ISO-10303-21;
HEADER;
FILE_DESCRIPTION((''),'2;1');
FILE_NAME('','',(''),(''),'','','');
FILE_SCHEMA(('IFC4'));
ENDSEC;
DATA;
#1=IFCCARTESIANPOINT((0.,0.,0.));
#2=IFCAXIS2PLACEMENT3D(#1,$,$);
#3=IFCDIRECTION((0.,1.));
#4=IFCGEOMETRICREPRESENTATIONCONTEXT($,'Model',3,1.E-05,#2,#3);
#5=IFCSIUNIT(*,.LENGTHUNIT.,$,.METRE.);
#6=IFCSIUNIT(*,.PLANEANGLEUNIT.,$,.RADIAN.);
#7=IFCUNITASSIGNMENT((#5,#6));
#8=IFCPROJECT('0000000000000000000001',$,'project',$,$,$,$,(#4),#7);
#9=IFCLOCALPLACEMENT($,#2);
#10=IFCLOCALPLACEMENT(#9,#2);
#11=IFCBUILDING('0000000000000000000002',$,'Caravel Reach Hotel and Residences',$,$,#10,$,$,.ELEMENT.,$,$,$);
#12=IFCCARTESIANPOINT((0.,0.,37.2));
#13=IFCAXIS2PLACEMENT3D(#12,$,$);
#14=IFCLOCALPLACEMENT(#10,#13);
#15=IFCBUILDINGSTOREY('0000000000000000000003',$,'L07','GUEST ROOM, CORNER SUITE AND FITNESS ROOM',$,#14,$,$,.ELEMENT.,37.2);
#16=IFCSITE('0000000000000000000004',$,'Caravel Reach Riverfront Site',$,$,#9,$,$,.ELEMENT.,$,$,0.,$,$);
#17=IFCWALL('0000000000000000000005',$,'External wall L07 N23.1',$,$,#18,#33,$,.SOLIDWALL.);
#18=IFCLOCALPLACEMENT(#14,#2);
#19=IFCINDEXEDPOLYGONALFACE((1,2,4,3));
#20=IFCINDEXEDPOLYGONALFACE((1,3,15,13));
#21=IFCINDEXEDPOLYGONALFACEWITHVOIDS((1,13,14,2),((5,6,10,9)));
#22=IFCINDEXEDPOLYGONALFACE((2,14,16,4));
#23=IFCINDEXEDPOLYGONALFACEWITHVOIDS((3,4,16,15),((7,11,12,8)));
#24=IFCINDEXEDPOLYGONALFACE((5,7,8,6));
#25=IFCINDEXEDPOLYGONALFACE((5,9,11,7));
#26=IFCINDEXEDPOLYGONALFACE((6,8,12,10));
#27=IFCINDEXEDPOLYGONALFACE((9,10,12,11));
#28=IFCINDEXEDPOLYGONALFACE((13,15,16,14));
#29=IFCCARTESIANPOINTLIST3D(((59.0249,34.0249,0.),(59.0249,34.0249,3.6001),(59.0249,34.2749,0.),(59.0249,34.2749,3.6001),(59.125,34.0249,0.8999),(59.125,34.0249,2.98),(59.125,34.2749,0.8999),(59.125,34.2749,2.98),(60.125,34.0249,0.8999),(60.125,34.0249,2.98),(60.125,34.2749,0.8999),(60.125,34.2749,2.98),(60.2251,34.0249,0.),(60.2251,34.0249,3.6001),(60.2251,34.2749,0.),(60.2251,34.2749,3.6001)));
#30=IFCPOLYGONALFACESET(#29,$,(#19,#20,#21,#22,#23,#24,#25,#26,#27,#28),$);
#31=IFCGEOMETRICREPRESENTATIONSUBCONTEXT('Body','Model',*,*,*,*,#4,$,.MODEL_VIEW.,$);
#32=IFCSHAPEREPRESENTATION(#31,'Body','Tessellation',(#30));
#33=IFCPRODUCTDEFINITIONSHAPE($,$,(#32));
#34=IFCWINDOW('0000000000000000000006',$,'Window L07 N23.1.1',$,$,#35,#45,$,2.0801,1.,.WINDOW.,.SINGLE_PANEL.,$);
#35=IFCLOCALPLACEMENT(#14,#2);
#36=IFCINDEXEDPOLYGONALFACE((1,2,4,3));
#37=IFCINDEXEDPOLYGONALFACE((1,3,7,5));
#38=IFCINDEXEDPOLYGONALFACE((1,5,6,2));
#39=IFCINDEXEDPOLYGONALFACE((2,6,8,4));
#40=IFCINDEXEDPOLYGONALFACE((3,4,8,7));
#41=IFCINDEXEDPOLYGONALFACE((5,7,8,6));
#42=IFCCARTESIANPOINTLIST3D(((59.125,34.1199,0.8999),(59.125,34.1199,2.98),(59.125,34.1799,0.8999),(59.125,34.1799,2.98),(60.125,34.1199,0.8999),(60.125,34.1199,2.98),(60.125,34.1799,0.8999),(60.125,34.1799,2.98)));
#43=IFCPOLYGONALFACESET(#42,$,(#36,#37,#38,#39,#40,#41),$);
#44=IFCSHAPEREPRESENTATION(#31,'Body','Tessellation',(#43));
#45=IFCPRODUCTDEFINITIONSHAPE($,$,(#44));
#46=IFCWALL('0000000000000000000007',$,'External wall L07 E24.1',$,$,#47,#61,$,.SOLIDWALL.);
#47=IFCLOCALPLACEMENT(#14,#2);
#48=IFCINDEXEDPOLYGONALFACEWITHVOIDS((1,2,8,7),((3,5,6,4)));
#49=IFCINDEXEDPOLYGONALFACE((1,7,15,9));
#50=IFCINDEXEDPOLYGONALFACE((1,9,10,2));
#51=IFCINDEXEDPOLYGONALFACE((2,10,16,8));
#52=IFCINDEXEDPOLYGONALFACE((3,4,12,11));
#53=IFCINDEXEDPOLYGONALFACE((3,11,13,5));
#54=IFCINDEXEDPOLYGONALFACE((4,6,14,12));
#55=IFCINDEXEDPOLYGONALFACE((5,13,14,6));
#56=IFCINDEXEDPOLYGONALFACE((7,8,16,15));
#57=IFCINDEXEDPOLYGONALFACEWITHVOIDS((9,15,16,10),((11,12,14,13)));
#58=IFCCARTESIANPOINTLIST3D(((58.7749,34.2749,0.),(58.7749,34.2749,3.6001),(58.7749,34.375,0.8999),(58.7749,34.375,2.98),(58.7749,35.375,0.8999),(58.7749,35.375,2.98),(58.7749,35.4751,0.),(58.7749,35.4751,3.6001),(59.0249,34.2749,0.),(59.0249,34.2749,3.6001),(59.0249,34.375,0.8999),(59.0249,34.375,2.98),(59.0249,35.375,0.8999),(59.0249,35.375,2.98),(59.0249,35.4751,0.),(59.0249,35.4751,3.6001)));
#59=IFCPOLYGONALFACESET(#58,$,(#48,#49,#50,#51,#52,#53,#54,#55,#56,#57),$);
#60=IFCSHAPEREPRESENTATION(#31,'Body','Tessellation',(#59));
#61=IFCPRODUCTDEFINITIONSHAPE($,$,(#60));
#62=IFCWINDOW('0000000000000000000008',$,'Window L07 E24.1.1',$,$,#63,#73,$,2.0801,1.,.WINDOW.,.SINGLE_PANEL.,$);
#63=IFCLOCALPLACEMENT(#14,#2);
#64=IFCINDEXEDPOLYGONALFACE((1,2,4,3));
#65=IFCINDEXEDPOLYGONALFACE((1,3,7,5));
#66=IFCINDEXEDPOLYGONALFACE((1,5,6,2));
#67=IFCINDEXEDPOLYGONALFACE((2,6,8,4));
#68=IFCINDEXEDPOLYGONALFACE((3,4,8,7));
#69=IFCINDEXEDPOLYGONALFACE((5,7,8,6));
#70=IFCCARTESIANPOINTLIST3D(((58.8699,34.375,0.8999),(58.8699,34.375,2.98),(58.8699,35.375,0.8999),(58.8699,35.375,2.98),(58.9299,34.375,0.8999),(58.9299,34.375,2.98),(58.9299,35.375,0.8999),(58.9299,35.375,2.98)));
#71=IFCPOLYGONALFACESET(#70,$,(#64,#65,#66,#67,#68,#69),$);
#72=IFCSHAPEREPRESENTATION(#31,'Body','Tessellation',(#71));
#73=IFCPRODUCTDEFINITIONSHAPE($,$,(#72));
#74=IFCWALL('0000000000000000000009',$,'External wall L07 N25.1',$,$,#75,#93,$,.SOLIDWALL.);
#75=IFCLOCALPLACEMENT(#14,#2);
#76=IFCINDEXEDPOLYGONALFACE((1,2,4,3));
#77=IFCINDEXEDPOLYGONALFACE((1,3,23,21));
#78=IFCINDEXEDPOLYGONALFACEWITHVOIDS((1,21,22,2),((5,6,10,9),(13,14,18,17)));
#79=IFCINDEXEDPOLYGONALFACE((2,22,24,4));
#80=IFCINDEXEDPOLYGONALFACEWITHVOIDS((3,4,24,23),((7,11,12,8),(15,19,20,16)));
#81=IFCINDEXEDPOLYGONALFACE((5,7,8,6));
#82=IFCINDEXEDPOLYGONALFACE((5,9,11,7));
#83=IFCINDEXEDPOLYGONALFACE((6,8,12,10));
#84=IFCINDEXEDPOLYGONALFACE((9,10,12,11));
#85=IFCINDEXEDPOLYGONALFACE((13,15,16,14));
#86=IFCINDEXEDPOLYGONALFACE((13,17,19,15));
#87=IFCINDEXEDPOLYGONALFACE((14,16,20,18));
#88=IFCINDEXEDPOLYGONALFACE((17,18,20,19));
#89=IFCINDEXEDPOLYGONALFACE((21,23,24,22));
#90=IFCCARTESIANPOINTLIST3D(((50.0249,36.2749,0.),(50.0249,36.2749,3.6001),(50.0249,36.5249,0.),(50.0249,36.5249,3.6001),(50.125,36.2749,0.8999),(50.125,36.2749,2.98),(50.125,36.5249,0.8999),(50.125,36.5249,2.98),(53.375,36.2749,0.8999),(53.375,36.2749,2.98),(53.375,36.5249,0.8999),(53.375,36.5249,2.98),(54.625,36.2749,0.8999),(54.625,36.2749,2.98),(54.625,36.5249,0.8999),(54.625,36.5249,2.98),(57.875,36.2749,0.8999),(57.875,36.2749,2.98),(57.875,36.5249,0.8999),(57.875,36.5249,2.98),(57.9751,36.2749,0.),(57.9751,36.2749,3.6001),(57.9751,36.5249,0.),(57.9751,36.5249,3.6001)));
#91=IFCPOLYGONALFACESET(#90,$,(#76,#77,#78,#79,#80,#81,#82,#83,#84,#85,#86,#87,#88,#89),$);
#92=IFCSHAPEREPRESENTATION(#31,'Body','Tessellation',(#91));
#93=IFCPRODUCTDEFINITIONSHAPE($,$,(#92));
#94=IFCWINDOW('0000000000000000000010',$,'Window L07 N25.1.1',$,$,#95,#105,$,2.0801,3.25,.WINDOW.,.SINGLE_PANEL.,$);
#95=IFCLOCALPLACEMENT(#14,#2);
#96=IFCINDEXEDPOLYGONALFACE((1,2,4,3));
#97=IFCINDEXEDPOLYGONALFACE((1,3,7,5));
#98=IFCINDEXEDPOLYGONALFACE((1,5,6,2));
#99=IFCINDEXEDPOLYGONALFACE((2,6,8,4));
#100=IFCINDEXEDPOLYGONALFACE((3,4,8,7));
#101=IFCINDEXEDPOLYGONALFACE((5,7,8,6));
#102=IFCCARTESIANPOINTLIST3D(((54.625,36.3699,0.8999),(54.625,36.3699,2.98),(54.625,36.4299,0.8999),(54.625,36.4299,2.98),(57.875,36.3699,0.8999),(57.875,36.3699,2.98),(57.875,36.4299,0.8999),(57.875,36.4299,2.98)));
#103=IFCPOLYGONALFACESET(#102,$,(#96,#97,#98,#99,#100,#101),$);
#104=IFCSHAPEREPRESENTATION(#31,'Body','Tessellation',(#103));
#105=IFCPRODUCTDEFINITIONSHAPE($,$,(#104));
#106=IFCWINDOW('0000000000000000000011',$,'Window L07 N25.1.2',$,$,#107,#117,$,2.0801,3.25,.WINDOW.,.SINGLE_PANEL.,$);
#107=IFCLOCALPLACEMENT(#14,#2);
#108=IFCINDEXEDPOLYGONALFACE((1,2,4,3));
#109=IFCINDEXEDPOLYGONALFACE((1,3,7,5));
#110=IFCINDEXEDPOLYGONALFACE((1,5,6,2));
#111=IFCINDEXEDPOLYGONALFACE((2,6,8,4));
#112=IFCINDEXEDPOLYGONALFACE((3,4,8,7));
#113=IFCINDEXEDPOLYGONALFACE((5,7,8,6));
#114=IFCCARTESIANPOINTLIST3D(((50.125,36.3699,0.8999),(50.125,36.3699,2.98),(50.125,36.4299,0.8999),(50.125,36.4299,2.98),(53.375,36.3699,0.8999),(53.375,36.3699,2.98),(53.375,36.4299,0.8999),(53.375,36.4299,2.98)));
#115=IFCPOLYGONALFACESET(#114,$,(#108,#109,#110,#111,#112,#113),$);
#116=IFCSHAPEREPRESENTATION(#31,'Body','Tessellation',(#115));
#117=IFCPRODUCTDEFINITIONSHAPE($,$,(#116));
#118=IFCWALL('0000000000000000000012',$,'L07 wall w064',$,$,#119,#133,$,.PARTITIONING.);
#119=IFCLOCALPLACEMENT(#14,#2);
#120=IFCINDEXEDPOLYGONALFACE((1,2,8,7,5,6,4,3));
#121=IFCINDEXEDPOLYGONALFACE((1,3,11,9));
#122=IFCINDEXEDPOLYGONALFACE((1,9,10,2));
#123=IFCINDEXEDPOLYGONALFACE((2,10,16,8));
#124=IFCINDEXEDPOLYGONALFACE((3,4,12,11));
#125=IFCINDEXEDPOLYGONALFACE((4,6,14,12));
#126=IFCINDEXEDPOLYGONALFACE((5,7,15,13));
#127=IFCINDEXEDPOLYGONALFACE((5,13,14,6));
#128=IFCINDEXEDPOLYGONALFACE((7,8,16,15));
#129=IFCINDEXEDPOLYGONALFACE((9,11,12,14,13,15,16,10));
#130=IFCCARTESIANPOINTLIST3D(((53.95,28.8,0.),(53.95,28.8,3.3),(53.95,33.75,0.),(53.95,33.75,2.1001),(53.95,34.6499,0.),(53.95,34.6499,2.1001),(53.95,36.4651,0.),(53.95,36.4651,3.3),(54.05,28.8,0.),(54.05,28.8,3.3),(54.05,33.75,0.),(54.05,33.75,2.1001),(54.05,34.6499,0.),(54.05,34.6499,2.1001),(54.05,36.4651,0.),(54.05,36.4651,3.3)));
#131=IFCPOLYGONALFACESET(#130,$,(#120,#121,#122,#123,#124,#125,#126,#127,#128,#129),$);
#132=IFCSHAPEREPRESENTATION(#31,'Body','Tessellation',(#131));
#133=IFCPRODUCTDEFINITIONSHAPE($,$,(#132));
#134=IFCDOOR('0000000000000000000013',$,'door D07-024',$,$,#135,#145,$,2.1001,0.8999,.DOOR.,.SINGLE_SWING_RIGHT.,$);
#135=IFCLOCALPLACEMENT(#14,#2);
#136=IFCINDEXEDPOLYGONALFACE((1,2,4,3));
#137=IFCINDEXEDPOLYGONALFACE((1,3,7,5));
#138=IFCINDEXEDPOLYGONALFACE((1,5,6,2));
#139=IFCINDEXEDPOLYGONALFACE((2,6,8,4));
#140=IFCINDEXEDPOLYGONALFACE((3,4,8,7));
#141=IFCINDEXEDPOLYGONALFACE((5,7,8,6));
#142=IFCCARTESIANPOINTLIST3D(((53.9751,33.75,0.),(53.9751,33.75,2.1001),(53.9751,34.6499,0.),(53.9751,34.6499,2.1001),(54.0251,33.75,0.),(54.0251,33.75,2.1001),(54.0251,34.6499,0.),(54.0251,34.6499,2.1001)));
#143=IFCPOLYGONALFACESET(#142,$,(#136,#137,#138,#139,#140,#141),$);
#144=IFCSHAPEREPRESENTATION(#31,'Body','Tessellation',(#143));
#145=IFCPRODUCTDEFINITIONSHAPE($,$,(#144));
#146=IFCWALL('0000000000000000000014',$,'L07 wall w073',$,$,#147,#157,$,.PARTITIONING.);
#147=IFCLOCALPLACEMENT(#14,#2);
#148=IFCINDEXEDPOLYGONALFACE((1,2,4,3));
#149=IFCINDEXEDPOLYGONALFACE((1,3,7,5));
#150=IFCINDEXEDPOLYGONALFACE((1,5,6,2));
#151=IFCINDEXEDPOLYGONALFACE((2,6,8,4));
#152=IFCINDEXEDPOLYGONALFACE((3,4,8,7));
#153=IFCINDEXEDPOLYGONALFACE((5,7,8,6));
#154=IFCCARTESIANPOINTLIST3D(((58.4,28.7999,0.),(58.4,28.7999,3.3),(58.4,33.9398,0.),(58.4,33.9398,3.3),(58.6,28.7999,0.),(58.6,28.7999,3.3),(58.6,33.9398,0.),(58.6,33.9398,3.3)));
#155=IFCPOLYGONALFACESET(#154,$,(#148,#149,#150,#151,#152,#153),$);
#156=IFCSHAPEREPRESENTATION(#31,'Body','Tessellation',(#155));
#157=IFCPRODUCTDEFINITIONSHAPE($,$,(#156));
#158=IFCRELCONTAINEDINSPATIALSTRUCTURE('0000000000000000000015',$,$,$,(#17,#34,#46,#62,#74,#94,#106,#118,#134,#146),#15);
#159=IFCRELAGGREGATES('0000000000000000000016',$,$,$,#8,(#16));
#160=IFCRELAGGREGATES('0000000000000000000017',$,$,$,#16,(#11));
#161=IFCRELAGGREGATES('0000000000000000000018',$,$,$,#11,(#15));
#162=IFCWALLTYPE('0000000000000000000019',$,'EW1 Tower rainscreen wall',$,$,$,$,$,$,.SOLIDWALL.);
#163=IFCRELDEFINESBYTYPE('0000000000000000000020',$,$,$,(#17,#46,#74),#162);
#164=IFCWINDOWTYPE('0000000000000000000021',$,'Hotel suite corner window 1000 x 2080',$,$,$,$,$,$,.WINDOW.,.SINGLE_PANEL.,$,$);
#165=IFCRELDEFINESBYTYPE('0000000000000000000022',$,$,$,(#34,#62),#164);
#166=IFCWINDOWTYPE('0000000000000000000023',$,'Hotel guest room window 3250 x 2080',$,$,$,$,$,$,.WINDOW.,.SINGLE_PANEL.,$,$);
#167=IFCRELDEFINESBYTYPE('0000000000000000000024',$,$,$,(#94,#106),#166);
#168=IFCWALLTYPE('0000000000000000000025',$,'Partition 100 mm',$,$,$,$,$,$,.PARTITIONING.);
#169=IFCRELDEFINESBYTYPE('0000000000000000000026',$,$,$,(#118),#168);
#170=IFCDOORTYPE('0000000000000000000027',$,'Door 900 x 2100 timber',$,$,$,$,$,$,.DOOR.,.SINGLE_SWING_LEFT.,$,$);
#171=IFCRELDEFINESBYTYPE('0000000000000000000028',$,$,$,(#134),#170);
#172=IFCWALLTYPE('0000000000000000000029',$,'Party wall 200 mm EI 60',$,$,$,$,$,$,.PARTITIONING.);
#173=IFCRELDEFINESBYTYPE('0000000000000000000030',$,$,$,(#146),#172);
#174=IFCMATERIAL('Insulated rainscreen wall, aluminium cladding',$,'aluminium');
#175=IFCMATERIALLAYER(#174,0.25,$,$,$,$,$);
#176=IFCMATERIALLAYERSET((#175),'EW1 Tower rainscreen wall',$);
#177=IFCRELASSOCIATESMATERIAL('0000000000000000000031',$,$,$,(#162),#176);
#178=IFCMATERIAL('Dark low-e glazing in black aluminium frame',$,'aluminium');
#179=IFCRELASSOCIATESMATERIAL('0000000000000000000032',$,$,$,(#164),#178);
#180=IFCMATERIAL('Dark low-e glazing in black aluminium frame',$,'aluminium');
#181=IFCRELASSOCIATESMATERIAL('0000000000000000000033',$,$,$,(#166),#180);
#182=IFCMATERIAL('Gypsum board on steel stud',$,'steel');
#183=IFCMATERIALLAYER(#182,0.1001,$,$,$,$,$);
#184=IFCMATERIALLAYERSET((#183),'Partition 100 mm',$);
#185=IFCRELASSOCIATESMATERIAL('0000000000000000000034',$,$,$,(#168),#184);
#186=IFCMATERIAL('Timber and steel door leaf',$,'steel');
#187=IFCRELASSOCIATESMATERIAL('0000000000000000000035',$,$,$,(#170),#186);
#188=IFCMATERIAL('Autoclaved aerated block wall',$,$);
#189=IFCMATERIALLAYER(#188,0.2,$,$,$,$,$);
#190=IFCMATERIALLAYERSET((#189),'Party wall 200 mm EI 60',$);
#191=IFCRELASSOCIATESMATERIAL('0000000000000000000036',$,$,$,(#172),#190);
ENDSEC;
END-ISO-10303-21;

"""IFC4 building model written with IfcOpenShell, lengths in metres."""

from ifc_helpers import new_model, si_unit, direction, frame, frame_2d, origin, place, context, subcontext, project, spatial, rectangle, extrude, material, layer, layer_set, type_object, element, fill, save


model = new_model("IFC4")

# Units and contexts
model_context = context("Model", 3, precision=1e-05, world=origin(), true_north=direction((0.0, 1.0)))
body_context = subcontext(model_context, "Body", "Model", "MODEL_VIEW")
ifc_project = project(units=[si_unit("LENGTHUNIT", "METRE"), si_unit("PLANEANGLEUNIT", "RADIAN")], contexts=[model_context])

# Site, building, storey
site_placement = place(None, origin())
site = spatial("IfcSite", under=ifc_project, at=site_placement, Name="Caravel Reach Riverfront Site", CompositionType="ELEMENT", RefElevation=0.0)
building_placement = place(site_placement, origin())
building = spatial("IfcBuilding", under=site, at=building_placement, Name="Caravel Reach Hotel and Residences", CompositionType="ELEMENT")
storey_placement = place(building_placement, frame((0.0, 0.0, 37.2)))
storey = spatial("IfcBuildingStorey", under=building, at=storey_placement, Name="L07", Description="GUEST ROOM, CORNER SUITE AND FITNESS ROOM", CompositionType="ELEMENT", Elevation=37.2)

# Walls, openings, windows
ifc_material_1 = material(Name="Insulated rainscreen wall, aluminium cladding", Category="aluminium")
ifc_layer_1 = layer(ifc_material_1, 0.25)
ifc_layer_set_1 = layer_set([ifc_layer_1], Name="EW1 Tower rainscreen wall")
wall_type_1 = type_object("IfcWallType", Name="EW1 Tower rainscreen wall", PredefinedType="SOLIDWALL", material=ifc_layer_set_1)
ifc_material_2 = material(Name="Dark low-e glazing in black aluminium frame", Category="aluminium")
window_type_1 = type_object("IfcWindowType", Name="Hotel suite corner window 1000 x 2080", PartitioningType="SINGLE_PANEL", PredefinedType="WINDOW", material=ifc_material_2)
wall_1_placement = place(storey_placement, frame((60.2251, 34.1499, 0.0), z_axis=(0.0, 0.0, 1.0), x_axis=(-1.0, 0.0, 0.0)))
wall_1 = element("IfcWall", 1, at=wall_1_placement, inside=storey, type_object=wall_type_1, Name="External wall L07 N23.1", PredefinedType="SOLIDWALL", context=body_context, shape_type="SweptSolid", body=[
    extrude(rectangle(XDim=1.2002, YDim=0.25, at=frame_2d((0.6001, 0.0))), origin(), (0.0, 0.0, 1.0), 3.6001),
])
opening_1_placement = place(wall_1_placement, frame((0.1001, 0.0, 0.8999)))
opening_1 = element("IfcOpeningElement", 2, at=opening_1_placement, cuts=wall_1, PredefinedType="OPENING", context=body_context, shape_type="SweptSolid", body=[
    extrude(rectangle(XDim=1.0, YDim=2.0801, at=frame_2d((0.5, 1.04))), frame((0.0, 0.135, 0.0), z_axis=(0.0, -1.0, 0.0), x_axis=(1.0, 0.0, 0.0)), (0.0, 0.0, 1.0), 0.27),
])
window_1_placement = place(opening_1_placement, origin())
window_1 = element("IfcWindow", 3, at=window_1_placement, inside=storey, type_object=window_type_1, Name="Window L07 N23.1.1", OverallHeight=2.0801, OverallWidth=1.0, PartitioningType="SINGLE_PANEL", PredefinedType="WINDOW", context=body_context, shape_type="SweptSolid", body=[
    extrude(rectangle(XDim=1.0, YDim=2.0801, at=frame_2d((0.5, 1.04))), frame((0.0, 0.03, 0.0), z_axis=(0.0, -1.0, 0.0), x_axis=(1.0, 0.0, 0.0)), (0.0, 0.0, 1.0), 0.0601),
])
fill(opening_1, window_1)
wall_2_placement = place(storey_placement, frame((58.8999, 34.2749, 0.0), z_axis=(0.0, 0.0, 1.0), x_axis=(0.0, 1.0, 0.0)))
wall_2 = element("IfcWall", 4, at=wall_2_placement, inside=storey, type_object=wall_type_1, Name="External wall L07 E24.1", PredefinedType="SOLIDWALL", context=body_context, shape_type="SweptSolid", body=[
    extrude(rectangle(XDim=1.2002, YDim=0.25, at=frame_2d((0.6001, 0.0))), origin(), (0.0, 0.0, 1.0), 3.6001),
])
opening_2_placement = place(wall_2_placement, frame((0.1001, 0.0, 0.8999)))
opening_2 = element("IfcOpeningElement", 5, at=opening_2_placement, cuts=wall_2, PredefinedType="OPENING", context=body_context, shape_type="SweptSolid", body=[
    extrude(rectangle(XDim=1.0, YDim=2.0801, at=frame_2d((0.5, 1.04))), frame((0.0, 0.135, 0.0), z_axis=(0.0, -1.0, 0.0), x_axis=(1.0, 0.0, 0.0)), (0.0, 0.0, 1.0), 0.27),
])
window_2_placement = place(opening_2_placement, origin())
window_2 = element("IfcWindow", 6, at=window_2_placement, inside=storey, type_object=window_type_1, Name="Window L07 E24.1.1", OverallHeight=2.0801, OverallWidth=1.0, PartitioningType="SINGLE_PANEL", PredefinedType="WINDOW", context=body_context, shape_type="SweptSolid", body=[
    extrude(rectangle(XDim=1.0, YDim=2.0801, at=frame_2d((0.5, 1.04))), frame((0.0, 0.03, 0.0), z_axis=(0.0, -1.0, 0.0), x_axis=(1.0, 0.0, 0.0)), (0.0, 0.0, 1.0), 0.0601),
])
fill(opening_2, window_2)

# Wall, openings, windows
wall_3_placement = place(storey_placement, frame((57.9751, 36.3999, 0.0), z_axis=(0.0, 0.0, 1.0), x_axis=(-1.0, 0.0, 0.0)))
wall_3 = element("IfcWall", 7, at=wall_3_placement, inside=storey, type_object=wall_type_1, Name="External wall L07 N25.1", PredefinedType="SOLIDWALL", context=body_context, shape_type="SweptSolid", body=[
    extrude(rectangle(XDim=7.9502, YDim=0.25, at=frame_2d((3.9751, 0.0))), origin(), (0.0, 0.0, 1.0), 3.6001),
])
opening_3_placement = place(wall_3_placement, frame((0.1001, 0.0, 0.8999)))
opening_3 = element("IfcOpeningElement", 8, at=opening_3_placement, cuts=wall_3, PredefinedType="OPENING", context=body_context, shape_type="SweptSolid", body=[
    extrude(rectangle(XDim=3.25, YDim=2.0801, at=frame_2d((1.625, 1.04))), frame((0.0, 0.135, 0.0), z_axis=(0.0, -1.0, 0.0), x_axis=(1.0, 0.0, 0.0)), (0.0, 0.0, 1.0), 0.27),
])
opening_4_placement = place(wall_3_placement, frame((4.6001, 0.0, 0.8999)))
opening_4 = element("IfcOpeningElement", 9, at=opening_4_placement, cuts=wall_3, PredefinedType="OPENING", context=body_context, shape_type="SweptSolid", body=[
    extrude(rectangle(XDim=3.25, YDim=2.0801, at=frame_2d((1.625, 1.04))), frame((0.0, 0.135, 0.0), z_axis=(0.0, -1.0, 0.0), x_axis=(1.0, 0.0, 0.0)), (0.0, 0.0, 1.0), 0.27),
])
ifc_material_3 = material(Name="Dark low-e glazing in black aluminium frame", Category="aluminium")
window_type_2 = type_object("IfcWindowType", Name="Hotel guest room window 3250 x 2080", PartitioningType="SINGLE_PANEL", PredefinedType="WINDOW", material=ifc_material_3)
window_3_placement = place(opening_3_placement, origin())
window_3 = element("IfcWindow", 10, at=window_3_placement, inside=storey, type_object=window_type_2, Name="Window L07 N25.1.1", OverallHeight=2.0801, OverallWidth=3.25, PartitioningType="SINGLE_PANEL", PredefinedType="WINDOW", context=body_context, shape_type="SweptSolid", body=[
    extrude(rectangle(XDim=3.25, YDim=2.0801, at=frame_2d((1.625, 1.04))), frame((0.0, 0.03, 0.0), z_axis=(0.0, -1.0, 0.0), x_axis=(1.0, 0.0, 0.0)), (0.0, 0.0, 1.0), 0.0601),
])
fill(opening_3, window_3)
window_4_placement = place(opening_4_placement, origin())
window_4 = element("IfcWindow", 11, at=window_4_placement, inside=storey, type_object=window_type_2, Name="Window L07 N25.1.2", OverallHeight=2.0801, OverallWidth=3.25, PartitioningType="SINGLE_PANEL", PredefinedType="WINDOW", context=body_context, shape_type="SweptSolid", body=[
    extrude(rectangle(XDim=3.25, YDim=2.0801, at=frame_2d((1.625, 1.04))), frame((0.0, 0.03, 0.0), z_axis=(0.0, -1.0, 0.0), x_axis=(1.0, 0.0, 0.0)), (0.0, 0.0, 1.0), 0.0601),
])
fill(opening_4, window_4)

# Wall, opening, door
ifc_material_4 = material(Name="Gypsum board on steel stud", Category="steel")
ifc_layer_2 = layer(ifc_material_4, 0.1001)
ifc_layer_set_2 = layer_set([ifc_layer_2], Name="Partition 100 mm")
wall_type_2 = type_object("IfcWallType", Name="Partition 100 mm", PredefinedType="PARTITIONING", material=ifc_layer_set_2)
wall_4_placement = place(storey_placement, frame((54.0, 28.8, 0.0), z_axis=(0.0, 0.0, 1.0), x_axis=(0.0, 1.0, 0.0)))
wall_4 = element("IfcWall", 12, at=wall_4_placement, inside=storey, type_object=wall_type_2, Name="L07 wall w064", PredefinedType="PARTITIONING", context=body_context, shape_type="SweptSolid", body=[
    extrude(rectangle(XDim=7.665, YDim=0.1001, at=frame_2d((3.8325, 0.0))), origin(), (0.0, 0.0, 1.0), 3.3),
])
opening_5_placement = place(wall_4_placement, frame((4.95, 0.0, 0.0)))
opening_5 = element("IfcOpeningElement", 13, at=opening_5_placement, cuts=wall_4, PredefinedType="OPENING", context=body_context, shape_type="SweptSolid", body=[
    extrude(rectangle(XDim=0.8999, YDim=2.1001, at=frame_2d((0.45, 1.05))), frame((0.0, 0.0601, 0.0), z_axis=(0.0, -1.0, 0.0), x_axis=(1.0, 0.0, 0.0)), (0.0, 0.0, 1.0), 0.1201),
])
ifc_material_5 = material(Name="Timber and steel door leaf", Category="steel")
door_type_1 = type_object("IfcDoorType", Name="Door 900 x 2100 timber", OperationType="SINGLE_SWING_LEFT", PredefinedType="DOOR", material=ifc_material_5)
door_1_placement = place(opening_5_placement, origin())
door_1 = element("IfcDoor", 14, at=door_1_placement, inside=storey, type_object=door_type_1, Name="door D07-024", OperationType="SINGLE_SWING_RIGHT", OverallHeight=2.1001, OverallWidth=0.8999, PredefinedType="DOOR", context=body_context, shape_type="SweptSolid", body=[
    extrude(rectangle(XDim=0.8999, YDim=2.1001, at=frame_2d((0.45, 1.05))), frame((0.0, 0.0249, 0.0), z_axis=(0.0, -1.0, 0.0), x_axis=(1.0, 0.0, 0.0)), (0.0, 0.0, 1.0), 0.05),
])
fill(opening_5, door_1)

# Wall
ifc_material_6 = material(Name="Autoclaved aerated block wall")
ifc_layer_3 = layer(ifc_material_6, 0.2)
ifc_layer_set_3 = layer_set([ifc_layer_3], Name="Party wall 200 mm EI 60")
wall_type_3 = type_object("IfcWallType", Name="Party wall 200 mm EI 60", PredefinedType="PARTITIONING", material=ifc_layer_set_3)
wall_5_placement = place(storey_placement, frame((58.5, 28.8, 0.0), z_axis=(0.0, 0.0, 1.0), x_axis=(0.0, 1.0, 0.0)))
element("IfcWall", 15, at=wall_5_placement, inside=storey, type_object=wall_type_3, Name="L07 wall w073", PredefinedType="PARTITIONING", context=body_context, shape_type="SweptSolid", body=[
    extrude(rectangle(XDim=5.1399, YDim=0.2, at=frame_2d((2.5698, 0.0))), origin(), (0.0, 0.0, 1.0), 3.3),
])

save(model, "model.ifc")
